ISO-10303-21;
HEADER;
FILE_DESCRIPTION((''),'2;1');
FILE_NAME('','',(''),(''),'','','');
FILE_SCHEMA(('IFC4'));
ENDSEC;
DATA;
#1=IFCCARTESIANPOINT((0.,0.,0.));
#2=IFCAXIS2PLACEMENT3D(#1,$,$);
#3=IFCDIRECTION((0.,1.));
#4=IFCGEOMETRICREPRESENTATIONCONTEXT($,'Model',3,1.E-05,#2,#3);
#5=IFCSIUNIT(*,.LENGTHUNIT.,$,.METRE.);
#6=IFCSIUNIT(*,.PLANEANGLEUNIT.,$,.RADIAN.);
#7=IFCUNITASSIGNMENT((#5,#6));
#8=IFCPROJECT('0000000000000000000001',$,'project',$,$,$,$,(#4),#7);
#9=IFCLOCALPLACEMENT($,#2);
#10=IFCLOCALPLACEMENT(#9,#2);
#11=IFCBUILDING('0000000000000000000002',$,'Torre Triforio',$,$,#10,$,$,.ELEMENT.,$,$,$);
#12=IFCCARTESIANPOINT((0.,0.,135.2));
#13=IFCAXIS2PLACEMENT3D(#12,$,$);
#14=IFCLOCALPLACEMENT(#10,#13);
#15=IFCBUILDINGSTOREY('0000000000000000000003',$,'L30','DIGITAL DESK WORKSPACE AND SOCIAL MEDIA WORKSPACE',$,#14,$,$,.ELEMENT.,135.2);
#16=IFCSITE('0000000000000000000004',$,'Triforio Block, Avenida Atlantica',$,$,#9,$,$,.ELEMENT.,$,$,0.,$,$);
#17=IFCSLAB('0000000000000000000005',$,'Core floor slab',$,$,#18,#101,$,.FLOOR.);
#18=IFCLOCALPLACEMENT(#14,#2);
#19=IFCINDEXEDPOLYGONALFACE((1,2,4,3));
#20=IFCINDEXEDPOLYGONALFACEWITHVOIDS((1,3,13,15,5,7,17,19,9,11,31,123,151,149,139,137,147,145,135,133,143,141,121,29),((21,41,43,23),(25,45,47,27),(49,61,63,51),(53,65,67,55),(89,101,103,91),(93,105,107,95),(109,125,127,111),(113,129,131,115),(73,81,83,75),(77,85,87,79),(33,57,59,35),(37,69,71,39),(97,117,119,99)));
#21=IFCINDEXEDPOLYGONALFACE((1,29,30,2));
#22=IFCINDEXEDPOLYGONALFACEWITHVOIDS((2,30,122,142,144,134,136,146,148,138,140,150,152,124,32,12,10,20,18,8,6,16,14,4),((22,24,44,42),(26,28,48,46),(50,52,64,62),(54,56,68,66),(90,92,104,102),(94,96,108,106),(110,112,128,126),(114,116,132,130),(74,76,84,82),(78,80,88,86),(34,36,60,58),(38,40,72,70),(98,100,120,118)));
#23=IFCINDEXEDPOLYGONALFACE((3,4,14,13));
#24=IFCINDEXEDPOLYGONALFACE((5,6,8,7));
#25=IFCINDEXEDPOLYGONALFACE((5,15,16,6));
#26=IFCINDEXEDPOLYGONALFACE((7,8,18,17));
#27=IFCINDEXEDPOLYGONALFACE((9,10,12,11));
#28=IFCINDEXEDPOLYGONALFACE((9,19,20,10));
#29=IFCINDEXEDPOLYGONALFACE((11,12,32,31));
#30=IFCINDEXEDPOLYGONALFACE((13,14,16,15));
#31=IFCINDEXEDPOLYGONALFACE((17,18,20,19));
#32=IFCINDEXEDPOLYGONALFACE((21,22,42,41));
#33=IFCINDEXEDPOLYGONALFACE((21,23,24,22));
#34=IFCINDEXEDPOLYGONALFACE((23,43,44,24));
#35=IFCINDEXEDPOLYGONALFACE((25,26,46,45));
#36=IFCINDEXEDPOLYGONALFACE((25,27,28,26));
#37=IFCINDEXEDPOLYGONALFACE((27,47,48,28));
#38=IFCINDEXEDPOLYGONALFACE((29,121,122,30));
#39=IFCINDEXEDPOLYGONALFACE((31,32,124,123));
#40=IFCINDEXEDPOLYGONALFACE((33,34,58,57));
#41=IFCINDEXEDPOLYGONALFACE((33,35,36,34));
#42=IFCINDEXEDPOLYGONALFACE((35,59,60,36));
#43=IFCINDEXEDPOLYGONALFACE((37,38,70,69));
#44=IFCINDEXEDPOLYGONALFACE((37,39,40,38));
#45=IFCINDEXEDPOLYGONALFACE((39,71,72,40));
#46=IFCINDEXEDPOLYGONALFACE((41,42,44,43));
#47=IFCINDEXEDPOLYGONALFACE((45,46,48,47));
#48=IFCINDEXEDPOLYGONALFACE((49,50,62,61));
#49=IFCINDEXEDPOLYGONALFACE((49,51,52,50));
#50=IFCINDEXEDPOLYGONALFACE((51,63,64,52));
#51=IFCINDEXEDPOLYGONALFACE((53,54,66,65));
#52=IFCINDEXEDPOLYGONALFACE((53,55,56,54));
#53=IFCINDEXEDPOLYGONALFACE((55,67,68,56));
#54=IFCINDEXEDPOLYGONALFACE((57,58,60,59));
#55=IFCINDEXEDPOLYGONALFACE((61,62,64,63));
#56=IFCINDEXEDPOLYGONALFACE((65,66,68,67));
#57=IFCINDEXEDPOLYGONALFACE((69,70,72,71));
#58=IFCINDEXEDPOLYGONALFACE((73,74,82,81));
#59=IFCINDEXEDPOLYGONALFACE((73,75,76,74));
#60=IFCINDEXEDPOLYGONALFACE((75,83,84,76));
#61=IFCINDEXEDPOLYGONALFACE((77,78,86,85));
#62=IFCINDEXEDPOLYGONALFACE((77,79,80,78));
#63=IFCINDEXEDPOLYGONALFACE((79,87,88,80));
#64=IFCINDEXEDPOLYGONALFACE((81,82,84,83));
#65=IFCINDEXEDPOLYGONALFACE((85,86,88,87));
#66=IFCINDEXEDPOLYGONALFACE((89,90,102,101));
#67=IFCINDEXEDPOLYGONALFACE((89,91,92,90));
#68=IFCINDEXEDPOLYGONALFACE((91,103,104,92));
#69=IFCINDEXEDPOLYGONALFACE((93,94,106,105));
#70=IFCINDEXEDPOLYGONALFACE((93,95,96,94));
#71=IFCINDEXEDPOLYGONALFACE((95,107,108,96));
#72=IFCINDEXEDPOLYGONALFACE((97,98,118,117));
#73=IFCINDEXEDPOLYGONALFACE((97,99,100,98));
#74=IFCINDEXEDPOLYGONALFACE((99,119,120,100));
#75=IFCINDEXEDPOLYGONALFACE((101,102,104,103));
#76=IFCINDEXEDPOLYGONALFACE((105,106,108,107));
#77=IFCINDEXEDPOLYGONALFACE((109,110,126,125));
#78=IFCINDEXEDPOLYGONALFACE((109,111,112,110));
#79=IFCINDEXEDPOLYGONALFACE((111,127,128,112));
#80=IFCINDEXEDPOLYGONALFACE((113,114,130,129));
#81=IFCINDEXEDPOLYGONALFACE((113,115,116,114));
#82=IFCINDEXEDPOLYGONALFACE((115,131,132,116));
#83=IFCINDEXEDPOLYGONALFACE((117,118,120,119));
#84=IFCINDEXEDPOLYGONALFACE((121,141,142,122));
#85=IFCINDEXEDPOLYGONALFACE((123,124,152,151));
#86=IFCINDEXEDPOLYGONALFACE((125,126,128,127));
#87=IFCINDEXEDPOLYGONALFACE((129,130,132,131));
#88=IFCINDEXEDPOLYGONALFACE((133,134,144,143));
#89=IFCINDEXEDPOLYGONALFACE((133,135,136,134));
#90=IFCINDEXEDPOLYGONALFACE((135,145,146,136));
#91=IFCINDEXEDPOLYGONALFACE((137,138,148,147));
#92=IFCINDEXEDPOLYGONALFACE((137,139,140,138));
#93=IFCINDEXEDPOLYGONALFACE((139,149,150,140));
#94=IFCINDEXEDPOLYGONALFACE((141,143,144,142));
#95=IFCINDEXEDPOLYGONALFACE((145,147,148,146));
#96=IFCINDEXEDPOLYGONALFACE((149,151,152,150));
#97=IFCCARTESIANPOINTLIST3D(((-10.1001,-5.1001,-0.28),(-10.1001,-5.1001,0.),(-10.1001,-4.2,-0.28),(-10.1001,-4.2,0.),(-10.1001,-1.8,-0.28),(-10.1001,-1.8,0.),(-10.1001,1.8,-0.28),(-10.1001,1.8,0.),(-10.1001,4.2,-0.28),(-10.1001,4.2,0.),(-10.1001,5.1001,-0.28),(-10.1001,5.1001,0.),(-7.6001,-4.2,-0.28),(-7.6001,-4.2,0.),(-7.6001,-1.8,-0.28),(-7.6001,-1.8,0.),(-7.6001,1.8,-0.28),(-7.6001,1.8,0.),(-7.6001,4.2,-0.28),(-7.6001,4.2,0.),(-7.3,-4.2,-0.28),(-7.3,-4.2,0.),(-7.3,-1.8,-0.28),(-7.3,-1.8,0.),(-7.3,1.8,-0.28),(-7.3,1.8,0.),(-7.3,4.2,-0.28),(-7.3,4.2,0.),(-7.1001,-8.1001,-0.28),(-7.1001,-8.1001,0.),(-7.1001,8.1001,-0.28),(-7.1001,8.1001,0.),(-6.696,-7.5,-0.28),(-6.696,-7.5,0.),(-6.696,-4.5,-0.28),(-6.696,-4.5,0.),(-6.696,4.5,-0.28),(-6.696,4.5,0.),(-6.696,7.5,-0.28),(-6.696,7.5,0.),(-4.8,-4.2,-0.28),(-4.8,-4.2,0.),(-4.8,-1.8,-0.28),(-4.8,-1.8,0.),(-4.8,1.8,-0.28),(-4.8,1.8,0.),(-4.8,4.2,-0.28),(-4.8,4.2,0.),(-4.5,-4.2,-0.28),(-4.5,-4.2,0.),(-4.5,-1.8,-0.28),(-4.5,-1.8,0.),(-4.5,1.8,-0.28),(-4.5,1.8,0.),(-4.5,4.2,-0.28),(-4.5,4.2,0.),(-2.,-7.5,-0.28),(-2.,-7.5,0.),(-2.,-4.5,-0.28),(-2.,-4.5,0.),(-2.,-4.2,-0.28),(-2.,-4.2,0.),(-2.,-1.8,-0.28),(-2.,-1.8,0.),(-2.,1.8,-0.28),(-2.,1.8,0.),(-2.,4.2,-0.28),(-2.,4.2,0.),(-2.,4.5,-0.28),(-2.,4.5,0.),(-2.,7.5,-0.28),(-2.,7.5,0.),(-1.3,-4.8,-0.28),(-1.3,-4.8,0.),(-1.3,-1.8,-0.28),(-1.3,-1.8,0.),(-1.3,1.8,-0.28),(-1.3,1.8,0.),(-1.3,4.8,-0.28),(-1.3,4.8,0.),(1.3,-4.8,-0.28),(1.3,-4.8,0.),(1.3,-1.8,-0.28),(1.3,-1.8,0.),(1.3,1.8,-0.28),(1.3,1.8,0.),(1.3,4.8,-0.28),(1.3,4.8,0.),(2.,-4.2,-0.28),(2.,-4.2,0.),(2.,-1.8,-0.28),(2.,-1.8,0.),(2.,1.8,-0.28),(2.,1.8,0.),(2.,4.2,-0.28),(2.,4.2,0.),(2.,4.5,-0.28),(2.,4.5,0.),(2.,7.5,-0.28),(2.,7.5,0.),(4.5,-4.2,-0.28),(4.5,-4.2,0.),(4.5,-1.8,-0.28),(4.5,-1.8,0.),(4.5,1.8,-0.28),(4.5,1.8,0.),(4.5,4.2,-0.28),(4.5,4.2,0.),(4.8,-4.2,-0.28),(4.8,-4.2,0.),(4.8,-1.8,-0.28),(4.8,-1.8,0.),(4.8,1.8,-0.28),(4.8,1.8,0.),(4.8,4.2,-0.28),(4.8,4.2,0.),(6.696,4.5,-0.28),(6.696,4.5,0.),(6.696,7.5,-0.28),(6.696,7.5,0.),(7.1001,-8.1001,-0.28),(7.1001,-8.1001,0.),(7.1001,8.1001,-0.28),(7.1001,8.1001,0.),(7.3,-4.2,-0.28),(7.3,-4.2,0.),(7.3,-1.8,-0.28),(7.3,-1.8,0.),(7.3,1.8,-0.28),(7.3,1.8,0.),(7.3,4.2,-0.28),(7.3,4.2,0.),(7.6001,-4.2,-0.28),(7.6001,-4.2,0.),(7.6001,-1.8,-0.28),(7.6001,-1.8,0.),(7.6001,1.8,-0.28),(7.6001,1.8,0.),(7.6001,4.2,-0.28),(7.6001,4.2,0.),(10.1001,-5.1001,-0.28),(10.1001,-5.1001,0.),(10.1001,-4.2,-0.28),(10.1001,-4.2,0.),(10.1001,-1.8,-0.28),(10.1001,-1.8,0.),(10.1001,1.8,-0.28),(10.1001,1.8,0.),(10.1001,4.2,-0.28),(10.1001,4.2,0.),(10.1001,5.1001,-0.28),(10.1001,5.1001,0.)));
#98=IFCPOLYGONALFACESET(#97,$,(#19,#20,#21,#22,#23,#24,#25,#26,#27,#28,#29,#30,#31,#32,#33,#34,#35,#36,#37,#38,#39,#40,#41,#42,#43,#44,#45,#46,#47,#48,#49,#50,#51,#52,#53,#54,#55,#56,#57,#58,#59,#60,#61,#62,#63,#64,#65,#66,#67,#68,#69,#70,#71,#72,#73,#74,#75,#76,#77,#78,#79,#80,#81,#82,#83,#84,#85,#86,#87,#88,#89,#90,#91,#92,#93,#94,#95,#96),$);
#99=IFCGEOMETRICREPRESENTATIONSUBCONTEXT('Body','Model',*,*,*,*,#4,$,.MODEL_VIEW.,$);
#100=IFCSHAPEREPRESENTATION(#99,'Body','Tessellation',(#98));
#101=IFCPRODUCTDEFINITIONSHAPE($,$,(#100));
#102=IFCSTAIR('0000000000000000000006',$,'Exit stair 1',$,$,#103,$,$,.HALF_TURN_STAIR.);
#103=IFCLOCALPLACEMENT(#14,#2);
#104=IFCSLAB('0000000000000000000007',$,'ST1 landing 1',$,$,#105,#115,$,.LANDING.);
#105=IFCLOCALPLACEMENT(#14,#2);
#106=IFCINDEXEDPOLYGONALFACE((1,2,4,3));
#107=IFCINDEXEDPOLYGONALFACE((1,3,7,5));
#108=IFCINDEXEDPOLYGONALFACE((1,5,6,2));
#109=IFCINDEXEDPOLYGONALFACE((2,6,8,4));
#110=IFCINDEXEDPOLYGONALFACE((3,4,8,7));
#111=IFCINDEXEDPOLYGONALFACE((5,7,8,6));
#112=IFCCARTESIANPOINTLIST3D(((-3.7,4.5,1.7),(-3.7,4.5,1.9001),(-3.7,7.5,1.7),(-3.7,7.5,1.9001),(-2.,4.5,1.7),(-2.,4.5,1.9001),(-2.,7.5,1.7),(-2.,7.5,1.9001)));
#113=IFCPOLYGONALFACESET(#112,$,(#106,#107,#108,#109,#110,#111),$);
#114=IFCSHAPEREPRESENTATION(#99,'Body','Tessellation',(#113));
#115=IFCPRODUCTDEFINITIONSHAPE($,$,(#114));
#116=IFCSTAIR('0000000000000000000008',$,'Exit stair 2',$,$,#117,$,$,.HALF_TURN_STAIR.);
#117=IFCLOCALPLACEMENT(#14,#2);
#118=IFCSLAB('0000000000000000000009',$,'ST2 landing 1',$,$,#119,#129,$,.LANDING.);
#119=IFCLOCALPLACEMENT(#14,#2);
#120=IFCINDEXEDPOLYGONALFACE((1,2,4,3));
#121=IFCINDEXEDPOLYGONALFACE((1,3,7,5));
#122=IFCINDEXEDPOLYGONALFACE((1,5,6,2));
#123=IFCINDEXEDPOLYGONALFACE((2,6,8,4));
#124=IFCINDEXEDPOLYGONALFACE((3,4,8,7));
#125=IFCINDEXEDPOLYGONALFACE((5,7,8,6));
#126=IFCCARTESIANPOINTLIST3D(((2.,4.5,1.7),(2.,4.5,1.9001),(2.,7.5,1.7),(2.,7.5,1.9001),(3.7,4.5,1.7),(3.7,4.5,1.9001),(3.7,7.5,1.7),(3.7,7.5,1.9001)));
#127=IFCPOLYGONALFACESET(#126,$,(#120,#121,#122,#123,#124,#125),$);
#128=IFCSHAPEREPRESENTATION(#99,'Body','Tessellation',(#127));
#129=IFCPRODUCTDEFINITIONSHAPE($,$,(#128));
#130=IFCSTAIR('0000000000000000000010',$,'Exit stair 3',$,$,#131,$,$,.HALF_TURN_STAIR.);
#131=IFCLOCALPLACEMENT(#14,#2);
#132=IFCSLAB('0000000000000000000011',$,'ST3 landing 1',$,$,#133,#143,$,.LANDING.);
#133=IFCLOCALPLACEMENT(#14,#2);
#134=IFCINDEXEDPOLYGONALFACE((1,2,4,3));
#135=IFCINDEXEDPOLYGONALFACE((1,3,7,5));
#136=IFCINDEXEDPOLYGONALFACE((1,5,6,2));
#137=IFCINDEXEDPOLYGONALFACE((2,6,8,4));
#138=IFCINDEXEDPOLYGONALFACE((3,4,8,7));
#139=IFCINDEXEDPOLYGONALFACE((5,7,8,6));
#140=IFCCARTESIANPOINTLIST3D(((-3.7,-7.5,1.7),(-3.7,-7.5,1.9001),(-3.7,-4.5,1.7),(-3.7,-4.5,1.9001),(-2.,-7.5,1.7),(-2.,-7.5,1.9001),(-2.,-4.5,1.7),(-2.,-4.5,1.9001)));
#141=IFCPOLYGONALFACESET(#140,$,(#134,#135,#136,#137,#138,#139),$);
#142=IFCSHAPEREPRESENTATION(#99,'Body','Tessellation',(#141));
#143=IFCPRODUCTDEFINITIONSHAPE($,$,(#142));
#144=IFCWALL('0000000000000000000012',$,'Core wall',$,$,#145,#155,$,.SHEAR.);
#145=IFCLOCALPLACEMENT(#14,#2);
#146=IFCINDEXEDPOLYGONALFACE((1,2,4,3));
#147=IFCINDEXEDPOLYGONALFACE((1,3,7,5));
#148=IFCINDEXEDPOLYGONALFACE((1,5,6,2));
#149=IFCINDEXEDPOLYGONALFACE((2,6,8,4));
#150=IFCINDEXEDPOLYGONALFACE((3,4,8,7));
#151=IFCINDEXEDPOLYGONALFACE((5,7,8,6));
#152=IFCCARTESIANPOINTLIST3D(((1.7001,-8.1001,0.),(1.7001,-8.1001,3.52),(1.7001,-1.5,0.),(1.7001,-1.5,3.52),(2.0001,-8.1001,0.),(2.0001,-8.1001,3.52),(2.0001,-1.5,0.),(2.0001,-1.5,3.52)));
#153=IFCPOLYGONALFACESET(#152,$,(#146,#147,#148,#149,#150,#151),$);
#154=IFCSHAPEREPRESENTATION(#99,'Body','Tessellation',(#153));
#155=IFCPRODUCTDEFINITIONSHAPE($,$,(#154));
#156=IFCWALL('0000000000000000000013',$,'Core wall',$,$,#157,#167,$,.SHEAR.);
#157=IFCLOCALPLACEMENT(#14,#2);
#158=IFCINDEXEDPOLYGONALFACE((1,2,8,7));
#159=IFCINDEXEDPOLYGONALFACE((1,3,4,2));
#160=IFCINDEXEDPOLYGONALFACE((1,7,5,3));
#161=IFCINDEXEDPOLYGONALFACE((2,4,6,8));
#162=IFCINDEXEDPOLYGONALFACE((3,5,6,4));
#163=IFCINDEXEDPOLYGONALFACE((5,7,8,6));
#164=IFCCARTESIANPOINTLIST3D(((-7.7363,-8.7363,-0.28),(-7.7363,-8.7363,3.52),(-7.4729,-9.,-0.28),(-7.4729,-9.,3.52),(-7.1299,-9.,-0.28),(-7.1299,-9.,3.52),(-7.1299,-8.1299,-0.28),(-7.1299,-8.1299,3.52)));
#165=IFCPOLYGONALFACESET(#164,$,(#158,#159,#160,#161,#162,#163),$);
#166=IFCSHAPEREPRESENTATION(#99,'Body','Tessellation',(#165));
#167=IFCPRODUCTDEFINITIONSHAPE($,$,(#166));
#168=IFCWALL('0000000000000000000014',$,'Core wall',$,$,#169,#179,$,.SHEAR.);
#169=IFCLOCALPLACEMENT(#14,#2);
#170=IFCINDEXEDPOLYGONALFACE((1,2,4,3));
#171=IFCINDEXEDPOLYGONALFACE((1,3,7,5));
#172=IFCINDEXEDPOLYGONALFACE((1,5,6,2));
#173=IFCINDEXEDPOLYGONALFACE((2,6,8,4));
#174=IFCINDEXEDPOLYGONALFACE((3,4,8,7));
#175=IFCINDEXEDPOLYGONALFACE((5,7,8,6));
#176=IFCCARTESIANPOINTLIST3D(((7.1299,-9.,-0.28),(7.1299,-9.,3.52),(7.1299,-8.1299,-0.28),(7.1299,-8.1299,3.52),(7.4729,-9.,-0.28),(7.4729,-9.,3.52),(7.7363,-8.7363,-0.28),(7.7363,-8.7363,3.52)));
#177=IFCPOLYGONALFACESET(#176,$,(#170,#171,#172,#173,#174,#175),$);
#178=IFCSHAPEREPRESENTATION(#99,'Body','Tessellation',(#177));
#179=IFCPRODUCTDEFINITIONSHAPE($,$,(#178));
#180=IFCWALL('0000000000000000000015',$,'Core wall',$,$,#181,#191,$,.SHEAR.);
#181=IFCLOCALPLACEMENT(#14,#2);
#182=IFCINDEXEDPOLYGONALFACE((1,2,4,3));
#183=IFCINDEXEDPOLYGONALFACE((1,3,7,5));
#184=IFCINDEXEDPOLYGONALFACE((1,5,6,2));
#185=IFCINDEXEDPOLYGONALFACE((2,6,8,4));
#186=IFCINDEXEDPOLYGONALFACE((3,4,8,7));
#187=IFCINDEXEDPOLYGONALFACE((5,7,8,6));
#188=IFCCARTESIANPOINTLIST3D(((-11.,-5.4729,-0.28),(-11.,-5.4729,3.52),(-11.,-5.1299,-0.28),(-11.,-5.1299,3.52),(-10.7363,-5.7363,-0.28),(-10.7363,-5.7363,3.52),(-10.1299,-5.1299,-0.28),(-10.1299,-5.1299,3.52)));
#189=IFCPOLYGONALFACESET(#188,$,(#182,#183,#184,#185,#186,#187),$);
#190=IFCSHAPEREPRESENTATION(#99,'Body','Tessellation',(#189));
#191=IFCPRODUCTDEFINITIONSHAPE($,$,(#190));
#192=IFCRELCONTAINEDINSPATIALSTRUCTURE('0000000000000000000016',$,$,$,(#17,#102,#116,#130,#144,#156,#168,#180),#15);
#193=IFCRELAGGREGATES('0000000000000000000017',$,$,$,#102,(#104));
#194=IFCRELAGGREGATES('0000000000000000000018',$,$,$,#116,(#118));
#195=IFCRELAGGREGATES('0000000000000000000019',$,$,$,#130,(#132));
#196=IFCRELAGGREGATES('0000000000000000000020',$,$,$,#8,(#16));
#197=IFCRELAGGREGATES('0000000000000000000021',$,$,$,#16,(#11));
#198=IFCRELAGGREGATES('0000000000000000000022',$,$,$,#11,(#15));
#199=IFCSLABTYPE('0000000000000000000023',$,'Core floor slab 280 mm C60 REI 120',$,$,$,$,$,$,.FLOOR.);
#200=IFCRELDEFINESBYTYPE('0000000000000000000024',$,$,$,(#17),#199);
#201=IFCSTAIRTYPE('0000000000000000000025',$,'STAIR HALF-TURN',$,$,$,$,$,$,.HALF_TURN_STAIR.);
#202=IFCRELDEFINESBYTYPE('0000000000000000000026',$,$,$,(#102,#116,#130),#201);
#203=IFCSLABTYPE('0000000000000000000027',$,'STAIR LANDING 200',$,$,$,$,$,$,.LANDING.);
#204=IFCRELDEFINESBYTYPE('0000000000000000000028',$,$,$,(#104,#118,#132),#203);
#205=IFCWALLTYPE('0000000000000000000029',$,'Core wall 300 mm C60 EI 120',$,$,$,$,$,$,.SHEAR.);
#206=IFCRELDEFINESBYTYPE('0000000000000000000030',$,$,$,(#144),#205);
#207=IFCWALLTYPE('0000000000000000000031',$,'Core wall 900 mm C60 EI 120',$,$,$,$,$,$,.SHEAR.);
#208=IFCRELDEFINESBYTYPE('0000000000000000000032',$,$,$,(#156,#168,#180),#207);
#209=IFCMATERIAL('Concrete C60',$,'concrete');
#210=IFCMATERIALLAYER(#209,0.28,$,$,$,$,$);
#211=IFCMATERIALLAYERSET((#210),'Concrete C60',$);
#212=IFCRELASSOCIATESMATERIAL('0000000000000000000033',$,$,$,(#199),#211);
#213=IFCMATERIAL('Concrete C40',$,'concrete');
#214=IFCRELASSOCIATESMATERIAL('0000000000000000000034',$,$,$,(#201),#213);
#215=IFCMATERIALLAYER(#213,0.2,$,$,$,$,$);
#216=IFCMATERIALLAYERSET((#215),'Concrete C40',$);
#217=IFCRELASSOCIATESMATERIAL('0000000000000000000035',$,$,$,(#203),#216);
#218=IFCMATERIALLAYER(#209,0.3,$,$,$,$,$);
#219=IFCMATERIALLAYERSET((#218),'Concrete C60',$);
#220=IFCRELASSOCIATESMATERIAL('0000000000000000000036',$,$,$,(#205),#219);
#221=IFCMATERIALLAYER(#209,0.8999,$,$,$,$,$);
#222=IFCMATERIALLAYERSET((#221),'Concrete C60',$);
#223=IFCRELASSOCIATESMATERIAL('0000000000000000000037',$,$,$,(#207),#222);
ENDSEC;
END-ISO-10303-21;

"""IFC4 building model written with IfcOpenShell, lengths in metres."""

from ifc_helpers import new_model, si_unit, direction, frame, frame_2d, origin, place, context, subcontext, project, spatial, polyline, rectangle, outline, extrude, material, layer, layer_set, type_object, element, aggregate, save


model = new_model("IFC4")

# Units and contexts
model_context = context("Model", 3, precision=1e-05, world=origin(), true_north=direction((0.0, 1.0)))
body_context = subcontext(model_context, "Body", "Model", "MODEL_VIEW")
ifc_project = project(units=[si_unit("LENGTHUNIT", "METRE"), si_unit("PLANEANGLEUNIT", "RADIAN")], contexts=[model_context])

# Site, building, storey
site_placement = place(None, origin())
site = spatial("IfcSite", under=ifc_project, at=site_placement, Name="Triforio Block, Avenida Atlantica", CompositionType="ELEMENT", RefElevation=0.0)
building_placement = place(site_placement, origin())
building = spatial("IfcBuilding", under=site, at=building_placement, Name="Torre Triforio", CompositionType="ELEMENT")
storey_placement = place(building_placement, frame((0.0, 0.0, 135.2)))
storey = spatial("IfcBuildingStorey", under=building, at=storey_placement, Name="L30", Description="DIGITAL DESK WORKSPACE AND SOCIAL MEDIA WORKSPACE", CompositionType="ELEMENT", Elevation=135.2)

# Slab
ifc_material_1 = material(Name="Concrete C60", Category="concrete")
ifc_layer_1 = layer(ifc_material_1, 0.28)
ifc_layer_set_1 = layer_set([ifc_layer_1], Name="Concrete C60")
slab_type_1 = type_object("IfcSlabType", Name="Core floor slab 280 mm C60 REI 120", PredefinedType="FLOOR", material=ifc_layer_set_1)
slab_1_placement = place(storey_placement, frame((0.0, 0.0, -0.28)))
element("IfcSlab", 1, at=slab_1_placement, inside=storey, type_object=slab_type_1, Name="Core floor slab", PredefinedType="FLOOR", context=body_context, shape_type="SweptSolid", body=[
    extrude(outline(polyline([(10.1001, -5.1001), (7.1001, -8.1001), (-7.1001, -8.1001), (-10.1001, -5.1001), (-10.1001, -4.2), (-7.6001, -4.2), (-7.6001, -1.8), (-10.1001, -1.8), (-10.1001, 1.8), (-7.6001, 1.8), (-7.6001, 4.2), (-10.1001, 4.2), (-10.1001, 5.1001), (-7.1001, 8.1001), (7.1001, 8.1001), (10.1001, 5.1001), (10.1001, 4.2), (7.6001, 4.2), (7.6001, 1.8), (10.1001, 1.8), (10.1001, -1.8), (7.6001, -1.8), (7.6001, -4.2), (10.1001, -4.2), (10.1001, -5.1001)]), holes=[polyline([(-2.0, -4.5), (-6.696, -4.5), (-6.696, -7.5), (-2.0, -7.5), (-2.0, -4.5)]), polyline([(-4.8, -1.8), (-7.3, -1.8), (-7.3, -4.2), (-4.8, -4.2), (-4.8, -1.8)]), polyline([(-2.0, -1.8), (-4.5, -1.8), (-4.5, -4.2), (-2.0, -4.2), (-2.0, -1.8)]), polyline([(-4.8, 4.2), (-7.3, 4.2), (-7.3, 1.8), (-4.8, 1.8), (-4.8, 4.2)]), polyline([(-2.0, 4.2), (-4.5, 4.2), (-4.5, 1.8), (-2.0, 1.8), (-2.0, 4.2)]), polyline([(1.3, 4.8), (-1.3, 4.8), (-1.3, 1.8), (1.3, 1.8), (1.3, 4.8)]), polyline([(-2.0, 7.5), (-6.696, 7.5), (-6.696, 4.5), (-2.0, 4.5), (-2.0, 7.5)]), polyline([(1.3, -1.8), (-1.3, -1.8), (-1.3, -4.8), (1.3, -4.8), (1.3, -1.8)]), polyline([(4.5, -1.8), (2.0, -1.8), (2.0, -4.2), (4.5, -4.2), (4.5, -1.8)]), polyline([(7.3, -1.8), (4.8, -1.8), (4.8, -4.2), (7.3, -4.2), (7.3, -1.8)]), polyline([(4.5, 4.2), (2.0, 4.2), (2.0, 1.8), (4.5, 1.8), (4.5, 4.2)]), polyline([(7.3, 4.2), (4.8, 4.2), (4.8, 1.8), (7.3, 1.8), (7.3, 4.2)]), polyline([(6.696, 4.5), (6.696, 7.5), (2.0, 7.5), (2.0, 4.5), (6.696, 4.5)])]), origin(), (0.0, 0.0, 1.0), 0.28),
])

# Stairs, slabs
ifc_material_2 = material(Name="Concrete C40", Category="concrete")
stair_type = type_object("IfcStairType", Name="STAIR HALF-TURN", PredefinedType="HALF_TURN_STAIR", material=ifc_material_2)
stair_1_placement = place(storey_placement, origin())
stair_1 = element("IfcStair", 2, at=stair_1_placement, inside=storey, type_object=stair_type, Name="Exit stair 1", PredefinedType="HALF_TURN_STAIR")
ifc_layer_2 = layer(ifc_material_2, 0.2)
ifc_layer_set_2 = layer_set([ifc_layer_2], Name="Concrete C40")
slab_type_2 = type_object("IfcSlabType", Name="STAIR LANDING 200", PredefinedType="LANDING", material=ifc_layer_set_2)
slab_2_placement = place(storey_placement, frame((0.0, 0.0, 1.7)))
slab_2 = element("IfcSlab", 3, at=slab_2_placement, type_object=slab_type_2, Name="ST1 landing 1", PredefinedType="LANDING", context=body_context, shape_type="SweptSolid", body=[
    extrude(outline(polyline([(-2.0, 4.5), (-2.0, 7.5), (-3.7, 7.5), (-3.7, 4.5), (-2.0, 4.5)])), origin(), (0.0, 0.0, 1.0), 0.2002),
])
aggregate(stair_1, [slab_2])
stair_2_placement = place(storey_placement, origin())
stair_2 = element("IfcStair", 4, at=stair_2_placement, inside=storey, type_object=stair_type, Name="Exit stair 2", PredefinedType="HALF_TURN_STAIR")
slab_3_placement = place(storey_placement, frame((0.0, 0.0, 1.7)))
slab_3 = element("IfcSlab", 5, at=slab_3_placement, type_object=slab_type_2, Name="ST2 landing 1", PredefinedType="LANDING", context=body_context, shape_type="SweptSolid", body=[
    extrude(outline(polyline([(3.7, 4.5), (3.7, 7.5), (2.0, 7.5), (2.0, 4.5), (3.7, 4.5)])), origin(), (0.0, 0.0, 1.0), 0.2002),
])
aggregate(stair_2, [slab_3])
stair_3_placement = place(storey_placement, origin())
stair_3 = element("IfcStair", 6, at=stair_3_placement, inside=storey, type_object=stair_type, Name="Exit stair 3", PredefinedType="HALF_TURN_STAIR")
slab_4_placement = place(storey_placement, frame((0.0, 0.0, 1.7)))
slab_4 = element("IfcSlab", 7, at=slab_4_placement, type_object=slab_type_2, Name="ST3 landing 1", PredefinedType="LANDING", context=body_context, shape_type="SweptSolid", body=[
    extrude(outline(polyline([(-2.0, -7.5), (-2.0, -4.5), (-3.7, -4.5), (-3.7, -7.5), (-2.0, -7.5)])), origin(), (0.0, 0.0, 1.0), 0.2002),
])
aggregate(stair_3, [slab_4])

# Walls
ifc_layer_3 = layer(ifc_material_1, 0.3)
ifc_layer_set_3 = layer_set([ifc_layer_3], Name="Concrete C60")
wall_type_1 = type_object("IfcWallType", Name="Core wall 300 mm C60 EI 120", PredefinedType="SHEAR", material=ifc_layer_set_3)
wall_1_placement = place(storey_placement, frame((1.8501, -8.1001, 0.0), z_axis=(0.0, 0.0, 1.0), x_axis=(0.0, 1.0, 0.0)))
element("IfcWall", 8, at=wall_1_placement, inside=storey, type_object=wall_type_1, Name="Core wall", PredefinedType="SHEAR", context=body_context, shape_type="SweptSolid", body=[
    extrude(rectangle(XDim=6.6001, YDim=0.3, at=frame_2d((3.3, 0.0))), origin(), (0.0, 0.0, 1.0), 3.52),
])
ifc_layer_4 = layer(ifc_material_1, 0.8999)
ifc_layer_set_4 = layer_set([ifc_layer_4], Name="Concrete C60")
wall_type_2 = type_object("IfcWallType", Name="Core wall 900 mm C60 EI 120", PredefinedType="SHEAR", material=ifc_layer_set_4)
wall_2_placement = place(storey_placement, frame((0.0, 0.0, -0.28)))
element("IfcWall", 9, at=wall_2_placement, inside=storey, type_object=wall_type_2, Name="Core wall", PredefinedType="SHEAR", context=body_context, shape_type="SweptSolid", body=[
    extrude(outline(polyline([(-7.4729, -9.0), (-7.7363, -8.7363), (-7.1299, -8.1299), (-7.1299, -9.0), (-7.4729, -9.0)])), origin(), (0.0, 0.0, 1.0), 3.8),
])
wall_3_placement = place(storey_placement, frame((0.0, 0.0, -0.28)))
element("IfcWall", 10, at=wall_3_placement, inside=storey, type_object=wall_type_2, Name="Core wall", PredefinedType="SHEAR", context=body_context, shape_type="SweptSolid", body=[
    extrude(outline(polyline([(7.4729, -9.0), (7.1299, -9.0), (7.1299, -8.1299), (7.7363, -8.7363), (7.4729, -9.0)])), origin(), (0.0, 0.0, 1.0), 3.8),
])
wall_4_placement = place(storey_placement, frame((0.0, 0.0, -0.28)))
element("IfcWall", 11, at=wall_4_placement, inside=storey, type_object=wall_type_2, Name="Core wall", PredefinedType="SHEAR", context=body_context, shape_type="SweptSolid", body=[
    extrude(outline(polyline([(-11.0, -5.4729), (-11.0, -5.1299), (-10.1299, -5.1299), (-10.7363, -5.7363), (-11.0, -5.4729)])), origin(), (0.0, 0.0, 1.0), 3.8),
])

save(model, "model.ifc")
